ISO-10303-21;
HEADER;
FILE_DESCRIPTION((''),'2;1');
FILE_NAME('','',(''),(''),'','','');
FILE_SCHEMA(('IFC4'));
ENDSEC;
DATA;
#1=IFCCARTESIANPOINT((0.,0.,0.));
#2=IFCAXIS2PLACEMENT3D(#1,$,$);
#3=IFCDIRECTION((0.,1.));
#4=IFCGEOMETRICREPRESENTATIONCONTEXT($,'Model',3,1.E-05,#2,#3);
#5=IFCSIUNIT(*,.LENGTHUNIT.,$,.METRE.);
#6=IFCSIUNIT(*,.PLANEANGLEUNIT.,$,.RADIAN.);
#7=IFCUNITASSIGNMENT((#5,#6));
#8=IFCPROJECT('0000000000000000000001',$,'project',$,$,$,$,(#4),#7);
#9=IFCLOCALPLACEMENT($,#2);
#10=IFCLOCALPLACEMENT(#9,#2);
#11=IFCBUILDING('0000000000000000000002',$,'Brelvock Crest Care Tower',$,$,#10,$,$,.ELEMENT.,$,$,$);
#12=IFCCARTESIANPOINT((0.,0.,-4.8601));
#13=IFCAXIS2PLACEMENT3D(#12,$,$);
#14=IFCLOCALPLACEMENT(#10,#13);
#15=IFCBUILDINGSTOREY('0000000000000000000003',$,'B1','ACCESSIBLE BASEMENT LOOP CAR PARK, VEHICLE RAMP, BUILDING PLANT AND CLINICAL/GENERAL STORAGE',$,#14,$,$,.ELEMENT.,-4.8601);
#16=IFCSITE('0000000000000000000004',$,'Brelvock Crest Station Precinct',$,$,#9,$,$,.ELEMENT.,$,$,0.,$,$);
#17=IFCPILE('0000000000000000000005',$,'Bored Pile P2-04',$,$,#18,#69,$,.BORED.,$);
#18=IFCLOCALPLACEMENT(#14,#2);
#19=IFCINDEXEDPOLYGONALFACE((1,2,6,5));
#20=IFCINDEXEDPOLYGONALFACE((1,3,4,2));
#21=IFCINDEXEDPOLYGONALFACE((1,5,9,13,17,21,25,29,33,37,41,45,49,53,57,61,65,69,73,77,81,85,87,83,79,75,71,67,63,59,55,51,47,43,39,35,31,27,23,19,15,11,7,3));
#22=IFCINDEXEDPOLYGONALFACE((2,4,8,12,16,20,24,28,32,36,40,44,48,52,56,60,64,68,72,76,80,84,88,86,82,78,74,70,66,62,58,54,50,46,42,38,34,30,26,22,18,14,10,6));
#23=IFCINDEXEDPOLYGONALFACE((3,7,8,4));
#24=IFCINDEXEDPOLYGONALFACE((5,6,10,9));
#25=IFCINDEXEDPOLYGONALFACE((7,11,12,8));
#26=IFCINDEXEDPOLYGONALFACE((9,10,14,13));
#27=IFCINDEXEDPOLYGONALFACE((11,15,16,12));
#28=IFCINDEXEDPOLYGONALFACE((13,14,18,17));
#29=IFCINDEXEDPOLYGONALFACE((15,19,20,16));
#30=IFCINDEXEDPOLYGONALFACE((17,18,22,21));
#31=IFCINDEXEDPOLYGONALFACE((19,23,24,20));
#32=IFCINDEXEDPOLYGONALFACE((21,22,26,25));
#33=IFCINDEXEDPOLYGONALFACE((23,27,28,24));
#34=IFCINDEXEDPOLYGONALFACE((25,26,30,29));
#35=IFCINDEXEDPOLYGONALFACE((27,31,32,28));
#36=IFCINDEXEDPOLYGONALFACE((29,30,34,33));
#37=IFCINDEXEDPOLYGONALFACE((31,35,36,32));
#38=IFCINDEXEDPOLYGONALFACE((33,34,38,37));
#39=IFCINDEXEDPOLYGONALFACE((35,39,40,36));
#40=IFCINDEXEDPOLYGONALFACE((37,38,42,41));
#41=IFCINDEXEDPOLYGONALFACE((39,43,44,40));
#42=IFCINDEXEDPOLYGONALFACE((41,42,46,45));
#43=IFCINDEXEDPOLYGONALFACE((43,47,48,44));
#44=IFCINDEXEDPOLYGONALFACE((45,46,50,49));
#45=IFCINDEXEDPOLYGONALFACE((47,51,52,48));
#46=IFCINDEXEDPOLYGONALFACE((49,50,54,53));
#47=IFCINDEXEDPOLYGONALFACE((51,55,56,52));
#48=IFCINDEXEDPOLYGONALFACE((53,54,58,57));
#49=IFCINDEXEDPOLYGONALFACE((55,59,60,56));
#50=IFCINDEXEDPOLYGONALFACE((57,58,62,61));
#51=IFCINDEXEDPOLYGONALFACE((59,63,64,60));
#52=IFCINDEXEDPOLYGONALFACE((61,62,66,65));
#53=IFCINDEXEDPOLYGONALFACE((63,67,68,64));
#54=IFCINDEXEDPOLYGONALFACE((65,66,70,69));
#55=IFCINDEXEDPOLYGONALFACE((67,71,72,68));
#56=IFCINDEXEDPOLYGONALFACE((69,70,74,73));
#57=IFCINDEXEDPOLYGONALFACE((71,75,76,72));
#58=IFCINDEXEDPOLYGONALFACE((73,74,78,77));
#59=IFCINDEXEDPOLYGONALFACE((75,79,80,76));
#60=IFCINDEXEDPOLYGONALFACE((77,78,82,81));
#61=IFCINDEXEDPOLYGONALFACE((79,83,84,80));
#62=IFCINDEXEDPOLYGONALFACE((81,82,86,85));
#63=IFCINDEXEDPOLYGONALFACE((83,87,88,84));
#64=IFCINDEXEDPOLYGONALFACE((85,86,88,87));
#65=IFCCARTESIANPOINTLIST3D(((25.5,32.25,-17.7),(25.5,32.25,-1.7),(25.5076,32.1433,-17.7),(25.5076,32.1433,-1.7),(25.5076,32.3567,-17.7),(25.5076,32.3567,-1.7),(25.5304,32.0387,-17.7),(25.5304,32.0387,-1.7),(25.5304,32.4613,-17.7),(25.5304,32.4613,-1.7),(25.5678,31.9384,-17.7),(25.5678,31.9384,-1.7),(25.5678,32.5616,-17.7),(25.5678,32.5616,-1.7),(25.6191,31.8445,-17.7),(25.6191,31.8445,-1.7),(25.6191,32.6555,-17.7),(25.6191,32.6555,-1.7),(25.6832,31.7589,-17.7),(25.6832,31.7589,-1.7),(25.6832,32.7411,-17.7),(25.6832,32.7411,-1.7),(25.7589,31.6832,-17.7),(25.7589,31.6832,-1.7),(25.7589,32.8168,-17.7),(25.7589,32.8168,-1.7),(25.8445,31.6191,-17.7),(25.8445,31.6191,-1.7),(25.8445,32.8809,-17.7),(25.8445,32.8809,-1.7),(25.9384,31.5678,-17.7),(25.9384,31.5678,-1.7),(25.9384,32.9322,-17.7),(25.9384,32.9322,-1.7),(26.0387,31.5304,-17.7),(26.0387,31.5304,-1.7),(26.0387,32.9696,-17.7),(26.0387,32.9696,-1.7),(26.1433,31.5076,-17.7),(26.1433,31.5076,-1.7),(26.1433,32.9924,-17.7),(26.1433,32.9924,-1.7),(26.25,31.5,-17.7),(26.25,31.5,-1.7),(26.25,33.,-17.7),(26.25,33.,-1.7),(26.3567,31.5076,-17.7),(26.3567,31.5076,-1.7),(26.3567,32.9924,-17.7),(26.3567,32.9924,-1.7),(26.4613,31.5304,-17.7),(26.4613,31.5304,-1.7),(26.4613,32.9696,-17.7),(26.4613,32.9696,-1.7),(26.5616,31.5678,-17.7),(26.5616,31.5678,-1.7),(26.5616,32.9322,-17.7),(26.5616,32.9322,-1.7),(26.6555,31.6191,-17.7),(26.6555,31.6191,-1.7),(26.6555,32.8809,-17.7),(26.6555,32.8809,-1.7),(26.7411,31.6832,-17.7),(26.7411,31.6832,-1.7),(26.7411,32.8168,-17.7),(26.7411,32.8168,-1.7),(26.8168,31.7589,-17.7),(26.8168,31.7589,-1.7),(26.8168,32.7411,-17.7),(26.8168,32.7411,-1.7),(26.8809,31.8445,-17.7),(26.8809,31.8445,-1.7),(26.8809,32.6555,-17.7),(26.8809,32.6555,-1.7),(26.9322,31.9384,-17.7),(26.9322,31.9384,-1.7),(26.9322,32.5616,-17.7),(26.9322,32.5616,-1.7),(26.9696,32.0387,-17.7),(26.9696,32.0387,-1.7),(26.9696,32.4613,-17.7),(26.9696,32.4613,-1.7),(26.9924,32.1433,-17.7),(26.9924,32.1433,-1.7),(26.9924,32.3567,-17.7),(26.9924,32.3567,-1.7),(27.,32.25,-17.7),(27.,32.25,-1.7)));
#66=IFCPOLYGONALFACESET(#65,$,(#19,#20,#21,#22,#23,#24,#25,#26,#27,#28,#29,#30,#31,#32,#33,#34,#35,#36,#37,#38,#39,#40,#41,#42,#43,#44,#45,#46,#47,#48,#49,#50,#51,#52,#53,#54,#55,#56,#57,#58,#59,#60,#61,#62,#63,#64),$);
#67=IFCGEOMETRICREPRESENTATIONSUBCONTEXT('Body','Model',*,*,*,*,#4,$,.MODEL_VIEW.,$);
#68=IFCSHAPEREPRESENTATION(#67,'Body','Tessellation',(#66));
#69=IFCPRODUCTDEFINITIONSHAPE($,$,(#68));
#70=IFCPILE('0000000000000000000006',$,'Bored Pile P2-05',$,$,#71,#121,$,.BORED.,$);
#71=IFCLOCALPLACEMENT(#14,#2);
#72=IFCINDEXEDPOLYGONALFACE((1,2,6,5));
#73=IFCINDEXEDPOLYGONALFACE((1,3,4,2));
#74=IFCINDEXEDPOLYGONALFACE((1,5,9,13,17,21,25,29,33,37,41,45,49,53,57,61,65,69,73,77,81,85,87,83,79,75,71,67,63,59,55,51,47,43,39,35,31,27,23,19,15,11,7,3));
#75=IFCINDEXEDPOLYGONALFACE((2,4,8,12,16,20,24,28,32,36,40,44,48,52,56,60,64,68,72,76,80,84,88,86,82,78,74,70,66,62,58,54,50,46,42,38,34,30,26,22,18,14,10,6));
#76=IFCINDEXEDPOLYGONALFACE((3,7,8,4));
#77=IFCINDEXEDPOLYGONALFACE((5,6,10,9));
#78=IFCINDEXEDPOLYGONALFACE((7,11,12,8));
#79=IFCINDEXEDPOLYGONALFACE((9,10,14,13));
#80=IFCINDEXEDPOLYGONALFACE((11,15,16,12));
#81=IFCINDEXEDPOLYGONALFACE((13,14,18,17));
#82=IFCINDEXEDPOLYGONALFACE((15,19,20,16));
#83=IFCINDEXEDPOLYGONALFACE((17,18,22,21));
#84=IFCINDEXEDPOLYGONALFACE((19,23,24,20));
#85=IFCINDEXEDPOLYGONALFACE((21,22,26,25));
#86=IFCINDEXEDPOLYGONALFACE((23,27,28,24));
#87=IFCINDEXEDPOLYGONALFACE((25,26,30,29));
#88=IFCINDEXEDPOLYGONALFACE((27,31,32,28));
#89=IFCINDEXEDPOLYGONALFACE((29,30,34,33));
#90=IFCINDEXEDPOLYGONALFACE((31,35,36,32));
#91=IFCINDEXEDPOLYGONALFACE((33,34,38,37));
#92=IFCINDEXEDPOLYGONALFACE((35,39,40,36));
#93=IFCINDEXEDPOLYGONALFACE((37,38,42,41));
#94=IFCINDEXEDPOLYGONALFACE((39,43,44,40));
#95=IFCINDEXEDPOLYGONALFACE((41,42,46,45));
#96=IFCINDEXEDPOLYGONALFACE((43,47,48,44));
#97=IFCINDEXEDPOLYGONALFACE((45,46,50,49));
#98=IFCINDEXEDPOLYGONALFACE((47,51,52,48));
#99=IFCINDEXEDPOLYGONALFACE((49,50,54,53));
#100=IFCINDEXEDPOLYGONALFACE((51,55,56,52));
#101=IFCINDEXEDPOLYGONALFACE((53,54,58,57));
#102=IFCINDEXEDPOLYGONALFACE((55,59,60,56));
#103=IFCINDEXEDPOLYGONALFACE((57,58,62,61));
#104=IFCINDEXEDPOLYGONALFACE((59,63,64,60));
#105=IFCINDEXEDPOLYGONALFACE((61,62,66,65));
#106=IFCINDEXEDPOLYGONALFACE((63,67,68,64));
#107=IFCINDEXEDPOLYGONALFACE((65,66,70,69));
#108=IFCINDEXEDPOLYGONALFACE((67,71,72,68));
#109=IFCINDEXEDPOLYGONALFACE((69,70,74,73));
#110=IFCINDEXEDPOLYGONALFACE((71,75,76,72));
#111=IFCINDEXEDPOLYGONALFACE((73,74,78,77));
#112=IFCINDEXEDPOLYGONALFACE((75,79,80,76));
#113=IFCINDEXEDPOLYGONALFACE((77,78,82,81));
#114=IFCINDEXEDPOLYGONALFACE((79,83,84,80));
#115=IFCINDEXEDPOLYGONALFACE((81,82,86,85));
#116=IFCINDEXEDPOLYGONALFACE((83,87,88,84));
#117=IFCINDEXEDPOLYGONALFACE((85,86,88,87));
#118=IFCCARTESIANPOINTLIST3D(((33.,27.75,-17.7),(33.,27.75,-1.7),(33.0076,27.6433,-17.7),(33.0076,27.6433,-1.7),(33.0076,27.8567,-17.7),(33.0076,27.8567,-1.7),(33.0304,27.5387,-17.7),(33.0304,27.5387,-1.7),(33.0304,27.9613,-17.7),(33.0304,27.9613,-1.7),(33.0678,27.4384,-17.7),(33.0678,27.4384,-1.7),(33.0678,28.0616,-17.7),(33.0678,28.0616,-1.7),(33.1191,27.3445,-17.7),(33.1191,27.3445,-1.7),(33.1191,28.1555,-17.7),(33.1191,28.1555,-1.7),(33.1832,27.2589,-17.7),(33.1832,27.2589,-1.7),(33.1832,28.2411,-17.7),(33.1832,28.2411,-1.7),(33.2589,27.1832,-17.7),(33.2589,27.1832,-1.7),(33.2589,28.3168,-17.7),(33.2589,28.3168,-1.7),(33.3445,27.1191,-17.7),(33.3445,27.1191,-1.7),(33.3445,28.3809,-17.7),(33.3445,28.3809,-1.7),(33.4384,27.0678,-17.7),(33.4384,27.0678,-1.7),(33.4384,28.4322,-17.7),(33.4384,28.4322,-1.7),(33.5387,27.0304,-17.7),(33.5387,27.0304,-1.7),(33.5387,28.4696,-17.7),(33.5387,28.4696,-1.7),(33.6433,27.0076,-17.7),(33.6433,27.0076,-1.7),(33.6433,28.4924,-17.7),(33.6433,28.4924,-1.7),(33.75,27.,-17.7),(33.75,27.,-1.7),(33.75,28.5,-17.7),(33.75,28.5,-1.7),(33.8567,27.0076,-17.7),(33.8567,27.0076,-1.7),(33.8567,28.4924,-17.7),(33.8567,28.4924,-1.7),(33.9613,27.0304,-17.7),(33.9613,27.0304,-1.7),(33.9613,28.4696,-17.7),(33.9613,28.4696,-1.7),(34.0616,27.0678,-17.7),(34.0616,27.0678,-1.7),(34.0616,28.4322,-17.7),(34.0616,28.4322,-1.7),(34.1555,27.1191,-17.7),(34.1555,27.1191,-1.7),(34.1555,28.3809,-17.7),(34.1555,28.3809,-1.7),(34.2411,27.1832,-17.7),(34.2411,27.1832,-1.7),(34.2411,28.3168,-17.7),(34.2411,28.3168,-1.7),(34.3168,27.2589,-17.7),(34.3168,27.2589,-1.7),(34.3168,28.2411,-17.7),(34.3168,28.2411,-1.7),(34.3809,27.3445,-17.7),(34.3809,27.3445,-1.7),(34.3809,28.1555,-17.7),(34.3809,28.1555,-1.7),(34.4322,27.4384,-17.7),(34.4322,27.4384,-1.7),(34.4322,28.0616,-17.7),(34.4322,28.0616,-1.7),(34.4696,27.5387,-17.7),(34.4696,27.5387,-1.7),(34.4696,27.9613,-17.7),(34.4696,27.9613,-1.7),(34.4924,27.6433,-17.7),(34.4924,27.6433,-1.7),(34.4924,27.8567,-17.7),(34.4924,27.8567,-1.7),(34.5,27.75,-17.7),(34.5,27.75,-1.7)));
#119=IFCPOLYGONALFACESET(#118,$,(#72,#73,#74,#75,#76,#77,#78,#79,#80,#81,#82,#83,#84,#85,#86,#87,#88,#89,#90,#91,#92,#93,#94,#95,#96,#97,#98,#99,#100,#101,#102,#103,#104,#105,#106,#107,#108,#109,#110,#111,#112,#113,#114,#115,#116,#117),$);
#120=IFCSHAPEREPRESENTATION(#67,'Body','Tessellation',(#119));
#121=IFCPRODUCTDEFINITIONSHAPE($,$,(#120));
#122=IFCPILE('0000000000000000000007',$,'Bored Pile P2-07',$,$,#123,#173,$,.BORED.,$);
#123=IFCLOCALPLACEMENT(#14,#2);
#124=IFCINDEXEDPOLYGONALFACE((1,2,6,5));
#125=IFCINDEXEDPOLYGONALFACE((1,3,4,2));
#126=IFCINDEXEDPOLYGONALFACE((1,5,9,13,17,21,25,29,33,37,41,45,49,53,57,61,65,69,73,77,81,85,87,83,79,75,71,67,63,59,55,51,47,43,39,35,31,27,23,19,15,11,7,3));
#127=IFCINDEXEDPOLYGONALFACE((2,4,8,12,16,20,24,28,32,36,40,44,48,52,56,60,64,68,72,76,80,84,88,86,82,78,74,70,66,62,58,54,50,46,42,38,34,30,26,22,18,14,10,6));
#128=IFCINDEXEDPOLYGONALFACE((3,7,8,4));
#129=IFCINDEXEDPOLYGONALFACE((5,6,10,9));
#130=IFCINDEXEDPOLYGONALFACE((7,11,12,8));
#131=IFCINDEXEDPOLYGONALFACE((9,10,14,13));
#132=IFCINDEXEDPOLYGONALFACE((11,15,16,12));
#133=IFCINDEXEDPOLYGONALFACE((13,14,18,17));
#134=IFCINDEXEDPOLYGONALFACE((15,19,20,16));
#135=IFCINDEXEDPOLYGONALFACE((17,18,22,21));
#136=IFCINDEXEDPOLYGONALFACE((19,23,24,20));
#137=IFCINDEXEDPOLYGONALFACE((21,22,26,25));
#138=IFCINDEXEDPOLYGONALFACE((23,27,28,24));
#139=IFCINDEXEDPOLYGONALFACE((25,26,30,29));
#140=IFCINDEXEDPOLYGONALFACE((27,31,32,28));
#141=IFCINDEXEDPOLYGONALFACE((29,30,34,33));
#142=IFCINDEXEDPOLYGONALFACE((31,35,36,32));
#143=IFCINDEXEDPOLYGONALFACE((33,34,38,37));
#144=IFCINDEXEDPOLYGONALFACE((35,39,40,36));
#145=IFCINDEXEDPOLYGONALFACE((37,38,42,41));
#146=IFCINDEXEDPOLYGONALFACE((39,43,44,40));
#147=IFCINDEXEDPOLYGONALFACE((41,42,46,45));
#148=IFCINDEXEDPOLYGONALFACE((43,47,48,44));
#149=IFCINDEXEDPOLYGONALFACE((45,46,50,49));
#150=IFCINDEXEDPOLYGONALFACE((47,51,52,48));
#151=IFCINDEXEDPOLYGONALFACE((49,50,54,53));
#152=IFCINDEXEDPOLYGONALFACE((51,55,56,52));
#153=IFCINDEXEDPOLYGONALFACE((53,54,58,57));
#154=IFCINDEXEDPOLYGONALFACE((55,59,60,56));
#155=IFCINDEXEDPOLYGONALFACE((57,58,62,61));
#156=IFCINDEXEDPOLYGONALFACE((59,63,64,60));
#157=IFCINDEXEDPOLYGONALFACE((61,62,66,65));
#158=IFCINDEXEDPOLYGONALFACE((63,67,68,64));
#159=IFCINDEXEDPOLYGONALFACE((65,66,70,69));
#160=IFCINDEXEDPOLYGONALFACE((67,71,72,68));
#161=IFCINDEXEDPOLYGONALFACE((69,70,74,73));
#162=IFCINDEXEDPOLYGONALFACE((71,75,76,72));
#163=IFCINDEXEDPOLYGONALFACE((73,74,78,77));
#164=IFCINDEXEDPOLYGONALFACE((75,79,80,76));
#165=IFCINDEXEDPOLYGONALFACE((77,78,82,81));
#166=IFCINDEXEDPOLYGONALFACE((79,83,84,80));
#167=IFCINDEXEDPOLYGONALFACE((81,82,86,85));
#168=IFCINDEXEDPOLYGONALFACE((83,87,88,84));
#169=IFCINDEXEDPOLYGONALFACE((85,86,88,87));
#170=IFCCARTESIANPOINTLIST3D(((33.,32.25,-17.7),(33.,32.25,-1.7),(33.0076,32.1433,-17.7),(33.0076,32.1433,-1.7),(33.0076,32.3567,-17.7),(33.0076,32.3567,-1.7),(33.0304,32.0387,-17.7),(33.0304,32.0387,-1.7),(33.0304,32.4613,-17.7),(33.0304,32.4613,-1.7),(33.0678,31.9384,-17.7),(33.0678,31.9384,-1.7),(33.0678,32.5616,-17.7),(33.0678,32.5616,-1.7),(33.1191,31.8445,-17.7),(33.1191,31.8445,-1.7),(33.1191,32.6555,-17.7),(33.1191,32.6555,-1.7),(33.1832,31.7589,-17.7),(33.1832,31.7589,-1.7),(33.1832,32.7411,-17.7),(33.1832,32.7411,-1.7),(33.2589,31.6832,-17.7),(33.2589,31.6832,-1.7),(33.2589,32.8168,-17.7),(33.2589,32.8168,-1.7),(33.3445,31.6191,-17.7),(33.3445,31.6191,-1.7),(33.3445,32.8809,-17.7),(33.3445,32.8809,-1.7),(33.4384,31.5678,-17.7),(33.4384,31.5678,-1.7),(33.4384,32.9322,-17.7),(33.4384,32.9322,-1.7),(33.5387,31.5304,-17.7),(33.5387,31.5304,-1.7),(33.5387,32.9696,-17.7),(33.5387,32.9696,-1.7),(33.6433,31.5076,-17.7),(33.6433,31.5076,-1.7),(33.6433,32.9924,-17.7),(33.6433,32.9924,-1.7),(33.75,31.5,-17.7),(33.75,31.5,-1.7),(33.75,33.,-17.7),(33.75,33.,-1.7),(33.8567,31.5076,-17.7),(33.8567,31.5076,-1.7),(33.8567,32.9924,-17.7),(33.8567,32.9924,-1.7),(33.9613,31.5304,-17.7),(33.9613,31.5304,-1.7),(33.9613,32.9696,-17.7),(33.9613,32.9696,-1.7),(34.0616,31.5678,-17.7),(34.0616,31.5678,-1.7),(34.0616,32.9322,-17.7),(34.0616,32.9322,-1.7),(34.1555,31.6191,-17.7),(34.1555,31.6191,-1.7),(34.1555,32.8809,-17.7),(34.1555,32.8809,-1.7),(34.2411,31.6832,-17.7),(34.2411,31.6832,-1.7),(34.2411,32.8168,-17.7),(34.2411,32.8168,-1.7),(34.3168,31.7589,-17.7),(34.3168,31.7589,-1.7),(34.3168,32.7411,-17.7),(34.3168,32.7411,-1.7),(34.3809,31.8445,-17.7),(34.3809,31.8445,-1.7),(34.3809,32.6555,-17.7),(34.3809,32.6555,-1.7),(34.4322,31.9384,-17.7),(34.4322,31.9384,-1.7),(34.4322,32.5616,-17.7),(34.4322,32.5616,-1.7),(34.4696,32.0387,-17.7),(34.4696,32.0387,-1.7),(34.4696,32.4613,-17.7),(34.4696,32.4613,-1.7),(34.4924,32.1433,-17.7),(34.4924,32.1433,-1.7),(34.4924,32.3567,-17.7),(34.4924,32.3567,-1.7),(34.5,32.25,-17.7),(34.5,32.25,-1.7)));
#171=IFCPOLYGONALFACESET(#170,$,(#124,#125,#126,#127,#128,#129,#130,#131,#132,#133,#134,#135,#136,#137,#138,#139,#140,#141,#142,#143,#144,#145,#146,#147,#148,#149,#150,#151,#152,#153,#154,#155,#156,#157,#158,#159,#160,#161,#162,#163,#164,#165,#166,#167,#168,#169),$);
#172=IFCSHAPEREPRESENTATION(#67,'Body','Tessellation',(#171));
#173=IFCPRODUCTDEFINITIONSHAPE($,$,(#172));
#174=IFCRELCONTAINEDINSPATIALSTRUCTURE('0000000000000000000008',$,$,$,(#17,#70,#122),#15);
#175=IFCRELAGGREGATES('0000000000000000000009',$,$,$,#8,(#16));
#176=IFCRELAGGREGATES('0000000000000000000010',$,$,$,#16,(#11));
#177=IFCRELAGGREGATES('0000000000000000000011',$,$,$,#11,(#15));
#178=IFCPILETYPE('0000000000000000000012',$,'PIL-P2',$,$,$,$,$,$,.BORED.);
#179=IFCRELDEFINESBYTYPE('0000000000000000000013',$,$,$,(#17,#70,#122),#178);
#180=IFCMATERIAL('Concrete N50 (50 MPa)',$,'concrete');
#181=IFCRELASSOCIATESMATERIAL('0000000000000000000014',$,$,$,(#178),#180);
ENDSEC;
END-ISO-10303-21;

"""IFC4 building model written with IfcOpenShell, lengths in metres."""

from ifc_helpers import new_model, si_unit, direction, frame, origin, origin_2d, place, context, subcontext, project, spatial, circle, extrude, source, transform, mapped, material, material_profile, profile_set, type_object, element, save


model = new_model("IFC4")

# Units and contexts
model_context = context("Model", 3, precision=1e-05, world=origin(), true_north=direction((0.0, 1.0)))
body_context = subcontext(model_context, "Body", "Model", "MODEL_VIEW")
ifc_project = project(units=[si_unit("LENGTHUNIT", "METRE"), si_unit("PLANEANGLEUNIT", "RADIAN")], contexts=[model_context])

# Site, building, storey
site_placement = place(None, origin())
site = spatial("IfcSite", under=ifc_project, at=site_placement, Name="Brelvock Crest Station Precinct", CompositionType="ELEMENT", RefElevation=0.0)
building_placement = place(site_placement, origin())
building = spatial("IfcBuilding", under=site, at=building_placement, Name="Brelvock Crest Care Tower", CompositionType="ELEMENT")
storey_placement = place(building_placement, frame((0.0, 0.0, -4.8601)))
storey = spatial("IfcBuildingStorey", under=building, at=storey_placement, Name="B1", Description="ACCESSIBLE BASEMENT LOOP CAR PARK, VEHICLE RAMP, BUILDING PLANT AND CLINICAL/GENERAL STORAGE", CompositionType="ELEMENT", Elevation=-4.8601)

# Shared definitions
ifc_material_1 = material(Name="Concrete N50 (50 MPa)", Category="concrete")

# Piles
ifc_material_profile_1 = material_profile(ifc_material_1, circle(Radius=0.75, at=origin_2d()), Name="BORED PILE D1500")
ifc_profile_set_1 = profile_set([ifc_material_profile_1], Name="Concrete N50 (50 MPa)")
pile_type = type_object("IfcPileType", Name="PIL-P2", PredefinedType="BORED", material=ifc_profile_set_1)
shared_shape_1 = source(origin(), body_context, "Body", "SweptSolid", [
    extrude(circle(Radius=0.75, at=origin_2d()), origin(), (0.0, 0.0, 1.0), 16.0),
])
for number, where, z_axis, x_axis, name in (
    (1, (26.25, 32.25, -1.7), (0.0, 0.0, -1.0), (1.0, 0.0, 0.0), "Bored Pile P2-04"),
    (2, (33.75, 27.75, -1.7), (0.0, 0.0, -1.0), (1.0, 0.0, 0.0), "Bored Pile P2-05"),
    (3, (33.75, 32.25, -1.7), (0.0, 0.0, -1.0), (1.0, 0.0, 0.0), "Bored Pile P2-07"),
):
    element("IfcPile", number, at=place(storey_placement, frame(where, z_axis=z_axis, x_axis=x_axis)), inside=storey, type_object=pile_type, Name=name, PredefinedType="BORED", context=body_context, shape_type="MappedRepresentation", body=[
        mapped(shared_shape_1, transform((0.0, 0.0, 0.0), x_axis=(1.0, 0.0, 0.0), y_axis=(0.0, 1.0, 0.0), z_axis=(0.0, 0.0, 1.0), scale=1.0)),
    ])

save(model, "model.ifc")
